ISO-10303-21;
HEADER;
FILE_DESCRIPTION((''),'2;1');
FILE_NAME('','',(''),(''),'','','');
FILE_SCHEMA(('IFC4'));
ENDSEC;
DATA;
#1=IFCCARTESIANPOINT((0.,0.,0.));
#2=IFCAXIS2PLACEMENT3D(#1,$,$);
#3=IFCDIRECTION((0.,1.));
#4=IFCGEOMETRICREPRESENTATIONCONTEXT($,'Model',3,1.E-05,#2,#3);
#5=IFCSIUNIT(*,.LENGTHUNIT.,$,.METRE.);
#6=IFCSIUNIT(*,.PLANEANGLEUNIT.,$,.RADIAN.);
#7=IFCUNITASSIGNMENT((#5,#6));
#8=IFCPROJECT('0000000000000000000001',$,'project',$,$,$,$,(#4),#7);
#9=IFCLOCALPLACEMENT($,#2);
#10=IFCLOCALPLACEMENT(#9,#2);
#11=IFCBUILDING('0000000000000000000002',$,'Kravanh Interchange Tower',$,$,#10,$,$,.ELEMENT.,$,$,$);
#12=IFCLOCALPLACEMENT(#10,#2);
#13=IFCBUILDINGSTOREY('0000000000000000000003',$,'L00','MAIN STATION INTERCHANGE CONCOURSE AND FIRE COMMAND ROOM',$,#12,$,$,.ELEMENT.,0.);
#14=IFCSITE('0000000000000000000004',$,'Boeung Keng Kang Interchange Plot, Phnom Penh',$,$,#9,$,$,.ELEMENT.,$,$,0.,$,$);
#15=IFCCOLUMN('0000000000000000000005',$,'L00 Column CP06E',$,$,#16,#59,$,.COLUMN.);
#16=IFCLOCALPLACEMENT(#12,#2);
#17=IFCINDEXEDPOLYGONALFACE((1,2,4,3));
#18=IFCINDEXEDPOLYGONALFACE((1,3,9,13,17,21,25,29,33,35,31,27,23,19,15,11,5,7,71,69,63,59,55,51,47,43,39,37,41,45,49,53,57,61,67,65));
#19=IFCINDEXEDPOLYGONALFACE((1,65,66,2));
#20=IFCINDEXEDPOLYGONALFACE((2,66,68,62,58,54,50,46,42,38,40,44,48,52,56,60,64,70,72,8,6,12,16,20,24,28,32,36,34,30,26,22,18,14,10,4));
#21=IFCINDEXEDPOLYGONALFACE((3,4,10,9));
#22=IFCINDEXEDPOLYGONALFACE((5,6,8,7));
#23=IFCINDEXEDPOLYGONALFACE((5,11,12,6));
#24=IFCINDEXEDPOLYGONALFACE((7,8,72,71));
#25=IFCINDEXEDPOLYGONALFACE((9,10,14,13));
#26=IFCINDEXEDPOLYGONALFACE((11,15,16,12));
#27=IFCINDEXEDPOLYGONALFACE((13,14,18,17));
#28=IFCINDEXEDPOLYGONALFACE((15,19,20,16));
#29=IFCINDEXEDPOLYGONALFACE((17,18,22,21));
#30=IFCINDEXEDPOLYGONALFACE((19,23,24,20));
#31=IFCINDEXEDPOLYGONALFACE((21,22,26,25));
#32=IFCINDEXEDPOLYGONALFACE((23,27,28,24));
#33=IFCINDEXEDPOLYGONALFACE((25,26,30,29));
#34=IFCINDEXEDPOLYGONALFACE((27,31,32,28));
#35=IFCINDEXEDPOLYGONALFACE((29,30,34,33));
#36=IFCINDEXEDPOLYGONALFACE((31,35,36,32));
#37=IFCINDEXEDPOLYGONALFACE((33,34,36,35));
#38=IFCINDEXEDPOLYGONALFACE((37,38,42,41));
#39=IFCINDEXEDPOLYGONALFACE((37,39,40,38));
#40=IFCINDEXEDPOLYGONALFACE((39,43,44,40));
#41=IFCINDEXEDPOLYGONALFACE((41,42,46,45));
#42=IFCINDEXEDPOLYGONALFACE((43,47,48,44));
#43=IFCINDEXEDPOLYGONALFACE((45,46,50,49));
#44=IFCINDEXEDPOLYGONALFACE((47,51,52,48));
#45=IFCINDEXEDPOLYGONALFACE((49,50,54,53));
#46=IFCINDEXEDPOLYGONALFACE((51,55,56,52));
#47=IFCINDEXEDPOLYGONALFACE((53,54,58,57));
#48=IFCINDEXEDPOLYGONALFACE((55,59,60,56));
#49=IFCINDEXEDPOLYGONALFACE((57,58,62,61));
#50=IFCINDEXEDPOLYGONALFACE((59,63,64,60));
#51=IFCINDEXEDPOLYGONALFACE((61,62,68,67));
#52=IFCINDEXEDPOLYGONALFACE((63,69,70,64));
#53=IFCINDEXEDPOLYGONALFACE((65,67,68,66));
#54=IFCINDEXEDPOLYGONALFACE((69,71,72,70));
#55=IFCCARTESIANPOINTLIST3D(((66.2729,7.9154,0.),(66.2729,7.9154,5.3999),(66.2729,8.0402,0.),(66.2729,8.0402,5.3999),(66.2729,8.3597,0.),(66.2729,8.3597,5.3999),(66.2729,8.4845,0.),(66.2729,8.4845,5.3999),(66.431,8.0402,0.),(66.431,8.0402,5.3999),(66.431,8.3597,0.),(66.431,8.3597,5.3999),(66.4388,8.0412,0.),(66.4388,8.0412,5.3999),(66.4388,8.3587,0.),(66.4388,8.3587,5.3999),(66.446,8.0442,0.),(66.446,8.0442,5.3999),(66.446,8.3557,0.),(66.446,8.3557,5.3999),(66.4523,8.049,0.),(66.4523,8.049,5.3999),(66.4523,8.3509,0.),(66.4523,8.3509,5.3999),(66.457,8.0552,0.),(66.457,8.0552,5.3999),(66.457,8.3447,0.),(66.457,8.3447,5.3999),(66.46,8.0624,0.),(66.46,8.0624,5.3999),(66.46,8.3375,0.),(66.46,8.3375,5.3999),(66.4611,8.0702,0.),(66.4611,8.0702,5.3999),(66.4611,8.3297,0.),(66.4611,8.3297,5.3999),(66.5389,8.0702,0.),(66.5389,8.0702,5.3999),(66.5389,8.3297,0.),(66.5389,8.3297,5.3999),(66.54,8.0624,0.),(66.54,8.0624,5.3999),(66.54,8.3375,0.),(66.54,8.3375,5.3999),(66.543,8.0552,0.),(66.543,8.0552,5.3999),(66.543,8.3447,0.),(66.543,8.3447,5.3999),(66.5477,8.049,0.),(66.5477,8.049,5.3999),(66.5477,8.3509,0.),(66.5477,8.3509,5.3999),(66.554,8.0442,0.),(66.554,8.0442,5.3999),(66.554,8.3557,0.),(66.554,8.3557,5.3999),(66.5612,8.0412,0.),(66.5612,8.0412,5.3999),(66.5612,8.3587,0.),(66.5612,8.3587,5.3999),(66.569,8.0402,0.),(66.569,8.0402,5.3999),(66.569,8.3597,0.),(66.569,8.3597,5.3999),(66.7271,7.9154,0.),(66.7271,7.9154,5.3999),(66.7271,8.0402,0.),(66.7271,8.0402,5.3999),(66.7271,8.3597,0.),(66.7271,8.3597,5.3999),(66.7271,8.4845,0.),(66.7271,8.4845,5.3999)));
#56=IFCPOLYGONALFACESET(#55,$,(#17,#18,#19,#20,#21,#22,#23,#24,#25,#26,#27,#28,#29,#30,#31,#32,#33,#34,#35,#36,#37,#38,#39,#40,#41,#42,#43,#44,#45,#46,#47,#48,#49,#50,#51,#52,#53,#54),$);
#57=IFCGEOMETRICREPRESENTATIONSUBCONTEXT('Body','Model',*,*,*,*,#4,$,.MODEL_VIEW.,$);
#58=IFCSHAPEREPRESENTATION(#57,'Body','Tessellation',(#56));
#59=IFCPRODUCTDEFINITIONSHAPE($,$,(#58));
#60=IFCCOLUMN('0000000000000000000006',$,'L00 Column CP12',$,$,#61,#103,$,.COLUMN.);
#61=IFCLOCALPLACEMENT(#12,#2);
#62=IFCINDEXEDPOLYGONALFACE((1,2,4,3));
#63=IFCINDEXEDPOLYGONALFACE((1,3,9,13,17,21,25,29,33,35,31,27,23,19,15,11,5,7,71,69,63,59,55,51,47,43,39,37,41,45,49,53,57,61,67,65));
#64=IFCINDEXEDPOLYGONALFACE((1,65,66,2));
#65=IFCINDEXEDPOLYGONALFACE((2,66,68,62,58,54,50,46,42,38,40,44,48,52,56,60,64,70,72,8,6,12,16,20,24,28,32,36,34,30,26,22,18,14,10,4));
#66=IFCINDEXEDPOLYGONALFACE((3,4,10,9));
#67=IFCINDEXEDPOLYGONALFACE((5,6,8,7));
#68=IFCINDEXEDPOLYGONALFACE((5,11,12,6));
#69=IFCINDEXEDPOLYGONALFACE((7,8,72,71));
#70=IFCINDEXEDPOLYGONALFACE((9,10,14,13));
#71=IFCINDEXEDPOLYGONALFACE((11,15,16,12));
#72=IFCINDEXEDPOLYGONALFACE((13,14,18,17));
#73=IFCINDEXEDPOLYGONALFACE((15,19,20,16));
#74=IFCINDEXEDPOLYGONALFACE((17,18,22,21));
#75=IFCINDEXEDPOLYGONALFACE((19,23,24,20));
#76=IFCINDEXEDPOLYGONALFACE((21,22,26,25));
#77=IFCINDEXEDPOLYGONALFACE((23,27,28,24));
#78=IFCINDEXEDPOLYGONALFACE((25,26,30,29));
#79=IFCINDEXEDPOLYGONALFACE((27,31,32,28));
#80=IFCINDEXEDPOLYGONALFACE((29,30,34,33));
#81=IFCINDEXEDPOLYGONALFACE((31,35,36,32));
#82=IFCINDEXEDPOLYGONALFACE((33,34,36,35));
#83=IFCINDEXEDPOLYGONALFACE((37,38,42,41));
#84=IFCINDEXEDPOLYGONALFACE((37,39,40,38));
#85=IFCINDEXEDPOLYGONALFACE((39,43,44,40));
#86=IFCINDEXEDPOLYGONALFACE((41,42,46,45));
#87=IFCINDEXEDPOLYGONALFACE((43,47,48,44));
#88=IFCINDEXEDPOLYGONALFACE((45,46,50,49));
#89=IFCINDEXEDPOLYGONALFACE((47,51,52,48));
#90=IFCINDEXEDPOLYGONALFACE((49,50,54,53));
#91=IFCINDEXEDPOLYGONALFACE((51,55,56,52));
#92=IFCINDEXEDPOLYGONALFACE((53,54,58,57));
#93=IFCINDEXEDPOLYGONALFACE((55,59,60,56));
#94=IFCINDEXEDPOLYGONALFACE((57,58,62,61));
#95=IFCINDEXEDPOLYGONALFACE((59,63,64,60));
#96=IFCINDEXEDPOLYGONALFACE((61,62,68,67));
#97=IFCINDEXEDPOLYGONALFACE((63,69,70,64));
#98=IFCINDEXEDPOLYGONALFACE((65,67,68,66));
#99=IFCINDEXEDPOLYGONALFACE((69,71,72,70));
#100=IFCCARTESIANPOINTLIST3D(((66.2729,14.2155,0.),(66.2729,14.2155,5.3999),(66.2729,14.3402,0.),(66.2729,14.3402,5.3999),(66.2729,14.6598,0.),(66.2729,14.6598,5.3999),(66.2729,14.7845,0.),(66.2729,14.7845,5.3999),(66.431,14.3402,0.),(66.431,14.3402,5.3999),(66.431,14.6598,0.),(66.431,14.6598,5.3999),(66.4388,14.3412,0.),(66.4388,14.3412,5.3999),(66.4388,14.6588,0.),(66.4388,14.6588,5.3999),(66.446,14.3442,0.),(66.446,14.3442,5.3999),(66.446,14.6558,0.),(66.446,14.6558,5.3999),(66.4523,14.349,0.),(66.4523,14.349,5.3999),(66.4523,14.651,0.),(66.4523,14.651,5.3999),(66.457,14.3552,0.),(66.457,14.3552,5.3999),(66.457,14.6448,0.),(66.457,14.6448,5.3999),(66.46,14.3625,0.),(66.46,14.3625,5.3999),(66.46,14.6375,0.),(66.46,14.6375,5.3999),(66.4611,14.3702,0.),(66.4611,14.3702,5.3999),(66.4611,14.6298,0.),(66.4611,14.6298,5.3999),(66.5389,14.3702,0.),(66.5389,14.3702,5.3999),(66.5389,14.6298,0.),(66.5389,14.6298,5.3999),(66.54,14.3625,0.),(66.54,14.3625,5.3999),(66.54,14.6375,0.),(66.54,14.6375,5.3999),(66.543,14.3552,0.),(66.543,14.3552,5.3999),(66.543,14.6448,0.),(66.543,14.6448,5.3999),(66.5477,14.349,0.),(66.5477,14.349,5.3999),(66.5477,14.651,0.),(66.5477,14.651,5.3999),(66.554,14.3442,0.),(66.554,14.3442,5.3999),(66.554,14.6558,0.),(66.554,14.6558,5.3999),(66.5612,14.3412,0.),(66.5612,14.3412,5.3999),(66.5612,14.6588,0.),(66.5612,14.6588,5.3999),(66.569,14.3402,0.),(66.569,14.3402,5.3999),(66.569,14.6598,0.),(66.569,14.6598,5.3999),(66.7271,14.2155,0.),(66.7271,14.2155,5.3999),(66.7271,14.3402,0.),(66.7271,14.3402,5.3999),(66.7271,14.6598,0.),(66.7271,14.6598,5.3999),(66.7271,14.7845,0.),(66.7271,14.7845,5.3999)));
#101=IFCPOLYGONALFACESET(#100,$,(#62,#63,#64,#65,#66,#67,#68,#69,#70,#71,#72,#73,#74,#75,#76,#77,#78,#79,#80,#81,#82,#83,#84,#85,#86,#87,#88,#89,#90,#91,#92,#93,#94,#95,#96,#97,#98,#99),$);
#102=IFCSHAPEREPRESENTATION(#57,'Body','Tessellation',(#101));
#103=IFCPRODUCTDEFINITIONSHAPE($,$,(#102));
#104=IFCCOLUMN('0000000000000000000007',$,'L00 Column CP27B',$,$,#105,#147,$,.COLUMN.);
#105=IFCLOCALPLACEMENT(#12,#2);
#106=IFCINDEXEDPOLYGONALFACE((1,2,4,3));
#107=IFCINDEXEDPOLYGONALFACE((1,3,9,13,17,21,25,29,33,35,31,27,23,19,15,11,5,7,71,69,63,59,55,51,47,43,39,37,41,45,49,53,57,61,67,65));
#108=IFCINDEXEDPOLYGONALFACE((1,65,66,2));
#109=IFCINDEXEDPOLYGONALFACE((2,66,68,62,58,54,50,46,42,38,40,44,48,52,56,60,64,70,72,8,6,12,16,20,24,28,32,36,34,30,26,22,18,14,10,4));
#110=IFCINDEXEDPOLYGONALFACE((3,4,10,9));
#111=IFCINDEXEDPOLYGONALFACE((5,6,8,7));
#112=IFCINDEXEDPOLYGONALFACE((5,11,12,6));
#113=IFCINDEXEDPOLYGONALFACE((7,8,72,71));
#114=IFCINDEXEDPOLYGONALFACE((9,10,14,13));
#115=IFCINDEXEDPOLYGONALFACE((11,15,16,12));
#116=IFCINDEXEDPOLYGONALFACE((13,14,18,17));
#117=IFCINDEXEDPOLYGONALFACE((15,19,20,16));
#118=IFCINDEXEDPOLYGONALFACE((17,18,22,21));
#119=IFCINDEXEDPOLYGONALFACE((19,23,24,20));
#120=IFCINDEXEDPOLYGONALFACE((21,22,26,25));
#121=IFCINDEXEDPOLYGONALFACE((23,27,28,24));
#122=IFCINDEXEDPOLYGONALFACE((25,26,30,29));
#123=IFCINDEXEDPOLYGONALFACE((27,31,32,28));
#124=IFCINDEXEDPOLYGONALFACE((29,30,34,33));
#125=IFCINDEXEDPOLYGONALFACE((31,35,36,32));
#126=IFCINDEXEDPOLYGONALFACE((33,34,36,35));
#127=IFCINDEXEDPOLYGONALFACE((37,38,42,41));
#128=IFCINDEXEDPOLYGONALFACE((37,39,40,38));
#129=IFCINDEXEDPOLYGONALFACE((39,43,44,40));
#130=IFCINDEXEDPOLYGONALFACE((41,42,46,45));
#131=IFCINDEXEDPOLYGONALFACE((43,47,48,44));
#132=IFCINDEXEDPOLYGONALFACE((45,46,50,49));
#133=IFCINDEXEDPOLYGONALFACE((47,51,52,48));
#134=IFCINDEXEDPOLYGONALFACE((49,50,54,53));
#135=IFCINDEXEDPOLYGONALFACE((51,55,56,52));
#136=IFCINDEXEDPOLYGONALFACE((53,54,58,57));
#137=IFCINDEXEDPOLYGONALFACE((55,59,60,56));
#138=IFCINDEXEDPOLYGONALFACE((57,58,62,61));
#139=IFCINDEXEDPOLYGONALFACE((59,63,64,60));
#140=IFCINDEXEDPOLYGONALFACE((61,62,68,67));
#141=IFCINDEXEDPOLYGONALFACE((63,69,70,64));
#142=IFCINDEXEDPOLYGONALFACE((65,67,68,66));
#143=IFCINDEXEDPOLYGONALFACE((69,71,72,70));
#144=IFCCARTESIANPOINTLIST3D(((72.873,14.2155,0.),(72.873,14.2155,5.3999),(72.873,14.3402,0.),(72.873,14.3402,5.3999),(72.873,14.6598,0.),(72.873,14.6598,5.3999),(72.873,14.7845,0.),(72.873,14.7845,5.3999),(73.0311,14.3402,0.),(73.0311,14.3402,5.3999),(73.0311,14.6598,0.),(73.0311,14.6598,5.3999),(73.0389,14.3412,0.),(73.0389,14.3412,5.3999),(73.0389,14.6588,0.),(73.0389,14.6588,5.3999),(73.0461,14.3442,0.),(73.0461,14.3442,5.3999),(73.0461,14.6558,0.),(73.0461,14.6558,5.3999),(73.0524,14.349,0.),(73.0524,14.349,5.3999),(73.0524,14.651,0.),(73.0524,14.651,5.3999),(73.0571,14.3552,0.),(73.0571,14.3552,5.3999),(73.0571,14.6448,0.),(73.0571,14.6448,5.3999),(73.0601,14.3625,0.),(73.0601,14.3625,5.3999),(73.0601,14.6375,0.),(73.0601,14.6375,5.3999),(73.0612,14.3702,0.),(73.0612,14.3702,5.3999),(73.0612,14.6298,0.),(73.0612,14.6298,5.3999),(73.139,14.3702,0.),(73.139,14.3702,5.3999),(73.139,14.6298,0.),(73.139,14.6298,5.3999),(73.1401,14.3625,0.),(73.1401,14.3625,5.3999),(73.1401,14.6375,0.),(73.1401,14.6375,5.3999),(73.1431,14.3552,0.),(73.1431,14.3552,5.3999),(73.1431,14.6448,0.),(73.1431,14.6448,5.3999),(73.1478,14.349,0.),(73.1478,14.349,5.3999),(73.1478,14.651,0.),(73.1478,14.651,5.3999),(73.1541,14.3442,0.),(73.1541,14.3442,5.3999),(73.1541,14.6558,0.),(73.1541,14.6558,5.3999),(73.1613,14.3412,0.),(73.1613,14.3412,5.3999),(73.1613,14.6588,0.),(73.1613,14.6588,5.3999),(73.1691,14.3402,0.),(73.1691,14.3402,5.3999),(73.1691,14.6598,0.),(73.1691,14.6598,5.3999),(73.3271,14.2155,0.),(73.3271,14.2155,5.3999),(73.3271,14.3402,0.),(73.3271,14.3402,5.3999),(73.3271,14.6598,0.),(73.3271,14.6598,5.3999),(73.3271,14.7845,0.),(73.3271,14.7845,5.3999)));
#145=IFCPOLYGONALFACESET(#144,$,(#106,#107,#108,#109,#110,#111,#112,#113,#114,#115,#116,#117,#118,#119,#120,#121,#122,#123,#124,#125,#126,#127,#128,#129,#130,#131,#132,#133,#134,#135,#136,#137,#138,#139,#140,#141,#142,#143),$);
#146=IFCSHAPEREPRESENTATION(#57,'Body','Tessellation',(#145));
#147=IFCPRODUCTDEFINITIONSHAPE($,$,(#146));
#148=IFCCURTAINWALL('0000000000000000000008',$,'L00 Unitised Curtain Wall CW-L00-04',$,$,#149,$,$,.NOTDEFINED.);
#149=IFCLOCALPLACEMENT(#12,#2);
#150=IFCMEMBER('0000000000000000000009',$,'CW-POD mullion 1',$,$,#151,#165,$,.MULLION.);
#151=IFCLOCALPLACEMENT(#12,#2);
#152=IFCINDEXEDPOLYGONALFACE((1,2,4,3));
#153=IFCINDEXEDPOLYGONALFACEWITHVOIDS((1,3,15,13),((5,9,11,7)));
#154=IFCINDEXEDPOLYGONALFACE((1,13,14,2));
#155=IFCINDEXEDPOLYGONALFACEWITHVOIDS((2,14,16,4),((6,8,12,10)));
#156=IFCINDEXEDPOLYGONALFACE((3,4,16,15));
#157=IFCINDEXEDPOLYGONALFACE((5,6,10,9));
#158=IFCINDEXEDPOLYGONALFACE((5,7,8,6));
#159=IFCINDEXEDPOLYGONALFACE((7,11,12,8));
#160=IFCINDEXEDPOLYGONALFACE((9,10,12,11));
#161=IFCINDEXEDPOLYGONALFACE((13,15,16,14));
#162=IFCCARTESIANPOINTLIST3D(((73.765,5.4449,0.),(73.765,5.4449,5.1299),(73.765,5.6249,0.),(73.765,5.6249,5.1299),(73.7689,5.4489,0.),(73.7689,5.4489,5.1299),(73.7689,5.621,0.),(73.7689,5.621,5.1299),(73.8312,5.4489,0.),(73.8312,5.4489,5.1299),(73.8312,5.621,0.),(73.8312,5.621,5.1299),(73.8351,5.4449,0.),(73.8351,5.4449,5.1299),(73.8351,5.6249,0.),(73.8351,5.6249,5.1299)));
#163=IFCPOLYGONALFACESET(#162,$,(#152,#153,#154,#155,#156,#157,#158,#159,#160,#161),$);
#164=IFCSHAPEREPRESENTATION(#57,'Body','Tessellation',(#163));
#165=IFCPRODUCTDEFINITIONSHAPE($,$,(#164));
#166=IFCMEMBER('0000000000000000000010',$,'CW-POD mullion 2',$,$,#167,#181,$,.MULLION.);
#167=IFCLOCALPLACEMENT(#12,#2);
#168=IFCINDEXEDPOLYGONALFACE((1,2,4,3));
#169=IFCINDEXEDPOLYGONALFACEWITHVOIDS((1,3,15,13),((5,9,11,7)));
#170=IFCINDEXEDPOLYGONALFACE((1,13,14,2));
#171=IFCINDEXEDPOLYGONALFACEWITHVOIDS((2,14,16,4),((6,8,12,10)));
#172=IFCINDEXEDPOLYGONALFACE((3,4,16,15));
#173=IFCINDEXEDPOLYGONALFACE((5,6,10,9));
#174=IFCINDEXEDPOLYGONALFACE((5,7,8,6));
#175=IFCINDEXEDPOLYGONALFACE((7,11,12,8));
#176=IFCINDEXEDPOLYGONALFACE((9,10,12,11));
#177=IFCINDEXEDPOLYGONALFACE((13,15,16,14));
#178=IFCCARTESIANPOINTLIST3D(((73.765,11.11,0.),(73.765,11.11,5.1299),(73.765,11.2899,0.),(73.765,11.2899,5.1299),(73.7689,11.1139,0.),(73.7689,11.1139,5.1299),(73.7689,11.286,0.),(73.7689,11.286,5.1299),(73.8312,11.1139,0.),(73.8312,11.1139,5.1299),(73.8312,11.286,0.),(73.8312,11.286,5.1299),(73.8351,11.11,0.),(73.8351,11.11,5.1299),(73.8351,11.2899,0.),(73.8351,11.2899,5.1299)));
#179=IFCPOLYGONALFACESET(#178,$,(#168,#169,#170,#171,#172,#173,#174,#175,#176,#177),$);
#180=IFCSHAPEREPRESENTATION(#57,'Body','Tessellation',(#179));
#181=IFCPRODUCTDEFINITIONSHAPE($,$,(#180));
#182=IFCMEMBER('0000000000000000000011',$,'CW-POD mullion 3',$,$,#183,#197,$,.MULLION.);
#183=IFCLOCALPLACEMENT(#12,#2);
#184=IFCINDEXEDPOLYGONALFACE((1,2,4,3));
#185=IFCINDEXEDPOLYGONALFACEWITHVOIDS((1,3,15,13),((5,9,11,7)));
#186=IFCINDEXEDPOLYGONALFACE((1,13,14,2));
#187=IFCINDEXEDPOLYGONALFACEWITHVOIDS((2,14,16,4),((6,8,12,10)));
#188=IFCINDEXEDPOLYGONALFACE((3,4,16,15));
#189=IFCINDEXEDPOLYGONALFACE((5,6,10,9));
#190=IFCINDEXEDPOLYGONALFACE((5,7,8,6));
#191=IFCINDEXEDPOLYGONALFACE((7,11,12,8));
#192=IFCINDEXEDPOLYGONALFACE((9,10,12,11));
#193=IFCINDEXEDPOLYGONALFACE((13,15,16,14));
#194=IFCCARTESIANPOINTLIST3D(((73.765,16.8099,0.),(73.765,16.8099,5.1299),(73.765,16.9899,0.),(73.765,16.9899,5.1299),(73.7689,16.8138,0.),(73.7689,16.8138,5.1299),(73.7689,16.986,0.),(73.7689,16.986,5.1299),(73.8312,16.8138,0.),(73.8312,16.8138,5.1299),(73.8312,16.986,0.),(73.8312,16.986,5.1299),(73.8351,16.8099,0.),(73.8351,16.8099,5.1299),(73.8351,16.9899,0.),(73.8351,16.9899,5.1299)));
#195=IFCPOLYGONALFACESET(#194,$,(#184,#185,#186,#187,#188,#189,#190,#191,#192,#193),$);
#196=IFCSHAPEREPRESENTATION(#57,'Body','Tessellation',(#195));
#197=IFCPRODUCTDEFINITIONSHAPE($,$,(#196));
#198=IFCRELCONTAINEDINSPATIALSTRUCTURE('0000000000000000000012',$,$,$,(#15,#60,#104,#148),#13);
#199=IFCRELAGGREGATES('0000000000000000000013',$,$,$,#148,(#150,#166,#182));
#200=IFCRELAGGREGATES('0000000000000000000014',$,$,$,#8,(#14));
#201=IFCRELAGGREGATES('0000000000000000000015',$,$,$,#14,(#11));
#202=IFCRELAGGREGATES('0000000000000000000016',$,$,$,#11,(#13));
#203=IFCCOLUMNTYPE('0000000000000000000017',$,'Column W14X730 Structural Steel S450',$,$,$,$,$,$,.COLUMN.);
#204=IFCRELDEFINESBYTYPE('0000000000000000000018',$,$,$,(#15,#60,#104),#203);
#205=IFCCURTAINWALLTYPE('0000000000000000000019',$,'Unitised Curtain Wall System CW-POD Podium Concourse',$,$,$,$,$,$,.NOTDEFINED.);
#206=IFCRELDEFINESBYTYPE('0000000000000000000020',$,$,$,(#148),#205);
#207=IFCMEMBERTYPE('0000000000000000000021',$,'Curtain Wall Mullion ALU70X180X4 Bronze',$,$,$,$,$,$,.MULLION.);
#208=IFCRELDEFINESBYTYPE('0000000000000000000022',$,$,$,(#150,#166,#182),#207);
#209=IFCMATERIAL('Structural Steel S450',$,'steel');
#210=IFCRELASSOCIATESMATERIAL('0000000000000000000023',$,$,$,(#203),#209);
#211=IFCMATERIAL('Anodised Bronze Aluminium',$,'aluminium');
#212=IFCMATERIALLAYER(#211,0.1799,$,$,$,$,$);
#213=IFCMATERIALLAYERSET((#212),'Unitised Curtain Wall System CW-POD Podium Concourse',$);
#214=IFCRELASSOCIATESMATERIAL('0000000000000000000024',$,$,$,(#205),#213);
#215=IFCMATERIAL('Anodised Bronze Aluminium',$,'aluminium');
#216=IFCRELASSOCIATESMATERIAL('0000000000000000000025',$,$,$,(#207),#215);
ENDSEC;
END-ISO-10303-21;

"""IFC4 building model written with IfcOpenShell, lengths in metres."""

from ifc_helpers import new_model, si_unit, direction, frame, origin, origin_2d, place, context, subcontext, project, spatial, hollow_rectangle, i_section, extrude, material, layer, layer_set, material_profile, profile_set, type_object, element, aggregate, save


model = new_model("IFC4")

# Units and contexts
model_context = context("Model", 3, precision=1e-05, world=origin(), true_north=direction((0.0, 1.0)))
body_context = subcontext(model_context, "Body", "Model", "MODEL_VIEW")
ifc_project = project(units=[si_unit("LENGTHUNIT", "METRE"), si_unit("PLANEANGLEUNIT", "RADIAN")], contexts=[model_context])

# Site, building, storey
site_placement = place(None, origin())
site = spatial("IfcSite", under=ifc_project, at=site_placement, Name="Boeung Keng Kang Interchange Plot, Phnom Penh", CompositionType="ELEMENT", RefElevation=0.0)
building_placement = place(site_placement, origin())
building = spatial("IfcBuilding", under=site, at=building_placement, Name="Kravanh Interchange Tower", CompositionType="ELEMENT")
storey_placement = place(building_placement, origin())
storey = spatial("IfcBuildingStorey", under=building, at=storey_placement, Name="L00", Description="MAIN STATION INTERCHANGE CONCOURSE AND FIRE COMMAND ROOM", CompositionType="ELEMENT", Elevation=0.0)

# Columns
ifc_material_1 = material(Name="Structural Steel S450", Category="steel")
ifc_material_profile_1 = material_profile(ifc_material_1, i_section(OverallWidth=0.4541, OverallDepth=0.5691, WebThickness=0.0779, FlangeThickness=0.1248, FilletRadius=0.03, at=origin_2d()), Name="W14X730")
ifc_profile_set_1 = profile_set([ifc_material_profile_1], Name="Structural Steel S450")
column_type = type_object("IfcColumnType", Name="Column W14X730 Structural Steel S450", PredefinedType="COLUMN", material=ifc_profile_set_1)
for number, where, z_axis, x_axis, name in (
    (1, (66.5, 8.2, 0.0), (0.0, 0.0, 1.0), (1.0, 0.0, 0.0), "L00 Column CP06E"),
    (2, (66.5, 14.5, 0.0), (0.0, 0.0, 1.0), (1.0, 0.0, 0.0), "L00 Column CP12"),
    (3, (73.1001, 14.5, 0.0), (0.0, 0.0, 1.0), (1.0, 0.0, 0.0), "L00 Column CP27B"),
):
    element("IfcColumn", number, at=place(storey_placement, frame(where, z_axis=z_axis, x_axis=x_axis)), inside=storey, type_object=column_type, Name=name, PredefinedType="COLUMN", context=body_context, shape_type="SweptSolid", body=[
        extrude(i_section(OverallWidth=0.4541, OverallDepth=0.5691, WebThickness=0.0779, FlangeThickness=0.1248, FilletRadius=0.03, at=origin_2d()), origin(), (0.0, 0.0, 1.0), 5.3999),
    ])

# Curtain wall, members
ifc_material_2 = material(Name="Anodised Bronze Aluminium", Category="aluminium")
ifc_layer_1 = layer(ifc_material_2, 0.1799)
ifc_layer_set_1 = layer_set([ifc_layer_1], Name="Unitised Curtain Wall System CW-POD Podium Concourse")
curtain_wall_type = type_object("IfcCurtainWallType", Name="Unitised Curtain Wall System CW-POD Podium Concourse", PredefinedType="NOTDEFINED", material=ifc_layer_set_1)
curtain_wall_placement = place(storey_placement, origin())
curtain_wall = element("IfcCurtainWall", 4, at=curtain_wall_placement, inside=storey, type_object=curtain_wall_type, Name="L00 Unitised Curtain Wall CW-L00-04", PredefinedType="NOTDEFINED")
ifc_material_3 = material(Name="Anodised Bronze Aluminium", Category="aluminium")
ifc_material_profile_2 = material_profile(ifc_material_3, hollow_rectangle(XDim=0.0701, YDim=0.1799, WallThickness=0.0039, at=origin_2d()), Name="ALU70X180X4")
ifc_profile_set_2 = profile_set([ifc_material_profile_2], Name="Anodised Bronze Aluminium")
member_type_1 = type_object("IfcMemberType", Name="Curtain Wall Mullion ALU70X180X4 Bronze", PredefinedType="MULLION", material=ifc_profile_set_2)
member_1_placement = place(storey_placement, frame((73.8, 5.5349, 0.0), z_axis=(0.0, 0.0, 1.0), x_axis=(-1.0, 0.0, 0.0)))
member_1 = element("IfcMember", 5, at=member_1_placement, type_object=member_type_1, Name="CW-POD mullion 1", PredefinedType="MULLION", context=body_context, shape_type="SweptSolid", body=[
    extrude(hollow_rectangle(XDim=0.0701, YDim=0.1799, WallThickness=0.0039, at=origin_2d()), origin(), (0.0, 0.0, 1.0), 5.1299),
])
member_2_placement = place(storey_placement, frame((73.8, 11.2, 0.0), z_axis=(0.0, 0.0, 1.0), x_axis=(-1.0, 0.0, 0.0)))
member_2 = element("IfcMember", 6, at=member_2_placement, type_object=member_type_1, Name="CW-POD mullion 2", PredefinedType="MULLION", context=body_context, shape_type="SweptSolid", body=[
    extrude(hollow_rectangle(XDim=0.0701, YDim=0.1799, WallThickness=0.0039, at=origin_2d()), origin(), (0.0, 0.0, 1.0), 5.1299),
])
member_3_placement = place(storey_placement, frame((73.8, 16.8999, 0.0), z_axis=(0.0, 0.0, 1.0), x_axis=(-1.0, 0.0, 0.0)))
member_3 = element("IfcMember", 7, at=member_3_placement, type_object=member_type_1, Name="CW-POD mullion 3", PredefinedType="MULLION", context=body_context, shape_type="SweptSolid", body=[
    extrude(hollow_rectangle(XDim=0.0701, YDim=0.1799, WallThickness=0.0039, at=origin_2d()), origin(), (0.0, 0.0, 1.0), 5.1299),
])

aggregate(curtain_wall, [member_1, member_2, member_3])

save(model, "model.ifc")
